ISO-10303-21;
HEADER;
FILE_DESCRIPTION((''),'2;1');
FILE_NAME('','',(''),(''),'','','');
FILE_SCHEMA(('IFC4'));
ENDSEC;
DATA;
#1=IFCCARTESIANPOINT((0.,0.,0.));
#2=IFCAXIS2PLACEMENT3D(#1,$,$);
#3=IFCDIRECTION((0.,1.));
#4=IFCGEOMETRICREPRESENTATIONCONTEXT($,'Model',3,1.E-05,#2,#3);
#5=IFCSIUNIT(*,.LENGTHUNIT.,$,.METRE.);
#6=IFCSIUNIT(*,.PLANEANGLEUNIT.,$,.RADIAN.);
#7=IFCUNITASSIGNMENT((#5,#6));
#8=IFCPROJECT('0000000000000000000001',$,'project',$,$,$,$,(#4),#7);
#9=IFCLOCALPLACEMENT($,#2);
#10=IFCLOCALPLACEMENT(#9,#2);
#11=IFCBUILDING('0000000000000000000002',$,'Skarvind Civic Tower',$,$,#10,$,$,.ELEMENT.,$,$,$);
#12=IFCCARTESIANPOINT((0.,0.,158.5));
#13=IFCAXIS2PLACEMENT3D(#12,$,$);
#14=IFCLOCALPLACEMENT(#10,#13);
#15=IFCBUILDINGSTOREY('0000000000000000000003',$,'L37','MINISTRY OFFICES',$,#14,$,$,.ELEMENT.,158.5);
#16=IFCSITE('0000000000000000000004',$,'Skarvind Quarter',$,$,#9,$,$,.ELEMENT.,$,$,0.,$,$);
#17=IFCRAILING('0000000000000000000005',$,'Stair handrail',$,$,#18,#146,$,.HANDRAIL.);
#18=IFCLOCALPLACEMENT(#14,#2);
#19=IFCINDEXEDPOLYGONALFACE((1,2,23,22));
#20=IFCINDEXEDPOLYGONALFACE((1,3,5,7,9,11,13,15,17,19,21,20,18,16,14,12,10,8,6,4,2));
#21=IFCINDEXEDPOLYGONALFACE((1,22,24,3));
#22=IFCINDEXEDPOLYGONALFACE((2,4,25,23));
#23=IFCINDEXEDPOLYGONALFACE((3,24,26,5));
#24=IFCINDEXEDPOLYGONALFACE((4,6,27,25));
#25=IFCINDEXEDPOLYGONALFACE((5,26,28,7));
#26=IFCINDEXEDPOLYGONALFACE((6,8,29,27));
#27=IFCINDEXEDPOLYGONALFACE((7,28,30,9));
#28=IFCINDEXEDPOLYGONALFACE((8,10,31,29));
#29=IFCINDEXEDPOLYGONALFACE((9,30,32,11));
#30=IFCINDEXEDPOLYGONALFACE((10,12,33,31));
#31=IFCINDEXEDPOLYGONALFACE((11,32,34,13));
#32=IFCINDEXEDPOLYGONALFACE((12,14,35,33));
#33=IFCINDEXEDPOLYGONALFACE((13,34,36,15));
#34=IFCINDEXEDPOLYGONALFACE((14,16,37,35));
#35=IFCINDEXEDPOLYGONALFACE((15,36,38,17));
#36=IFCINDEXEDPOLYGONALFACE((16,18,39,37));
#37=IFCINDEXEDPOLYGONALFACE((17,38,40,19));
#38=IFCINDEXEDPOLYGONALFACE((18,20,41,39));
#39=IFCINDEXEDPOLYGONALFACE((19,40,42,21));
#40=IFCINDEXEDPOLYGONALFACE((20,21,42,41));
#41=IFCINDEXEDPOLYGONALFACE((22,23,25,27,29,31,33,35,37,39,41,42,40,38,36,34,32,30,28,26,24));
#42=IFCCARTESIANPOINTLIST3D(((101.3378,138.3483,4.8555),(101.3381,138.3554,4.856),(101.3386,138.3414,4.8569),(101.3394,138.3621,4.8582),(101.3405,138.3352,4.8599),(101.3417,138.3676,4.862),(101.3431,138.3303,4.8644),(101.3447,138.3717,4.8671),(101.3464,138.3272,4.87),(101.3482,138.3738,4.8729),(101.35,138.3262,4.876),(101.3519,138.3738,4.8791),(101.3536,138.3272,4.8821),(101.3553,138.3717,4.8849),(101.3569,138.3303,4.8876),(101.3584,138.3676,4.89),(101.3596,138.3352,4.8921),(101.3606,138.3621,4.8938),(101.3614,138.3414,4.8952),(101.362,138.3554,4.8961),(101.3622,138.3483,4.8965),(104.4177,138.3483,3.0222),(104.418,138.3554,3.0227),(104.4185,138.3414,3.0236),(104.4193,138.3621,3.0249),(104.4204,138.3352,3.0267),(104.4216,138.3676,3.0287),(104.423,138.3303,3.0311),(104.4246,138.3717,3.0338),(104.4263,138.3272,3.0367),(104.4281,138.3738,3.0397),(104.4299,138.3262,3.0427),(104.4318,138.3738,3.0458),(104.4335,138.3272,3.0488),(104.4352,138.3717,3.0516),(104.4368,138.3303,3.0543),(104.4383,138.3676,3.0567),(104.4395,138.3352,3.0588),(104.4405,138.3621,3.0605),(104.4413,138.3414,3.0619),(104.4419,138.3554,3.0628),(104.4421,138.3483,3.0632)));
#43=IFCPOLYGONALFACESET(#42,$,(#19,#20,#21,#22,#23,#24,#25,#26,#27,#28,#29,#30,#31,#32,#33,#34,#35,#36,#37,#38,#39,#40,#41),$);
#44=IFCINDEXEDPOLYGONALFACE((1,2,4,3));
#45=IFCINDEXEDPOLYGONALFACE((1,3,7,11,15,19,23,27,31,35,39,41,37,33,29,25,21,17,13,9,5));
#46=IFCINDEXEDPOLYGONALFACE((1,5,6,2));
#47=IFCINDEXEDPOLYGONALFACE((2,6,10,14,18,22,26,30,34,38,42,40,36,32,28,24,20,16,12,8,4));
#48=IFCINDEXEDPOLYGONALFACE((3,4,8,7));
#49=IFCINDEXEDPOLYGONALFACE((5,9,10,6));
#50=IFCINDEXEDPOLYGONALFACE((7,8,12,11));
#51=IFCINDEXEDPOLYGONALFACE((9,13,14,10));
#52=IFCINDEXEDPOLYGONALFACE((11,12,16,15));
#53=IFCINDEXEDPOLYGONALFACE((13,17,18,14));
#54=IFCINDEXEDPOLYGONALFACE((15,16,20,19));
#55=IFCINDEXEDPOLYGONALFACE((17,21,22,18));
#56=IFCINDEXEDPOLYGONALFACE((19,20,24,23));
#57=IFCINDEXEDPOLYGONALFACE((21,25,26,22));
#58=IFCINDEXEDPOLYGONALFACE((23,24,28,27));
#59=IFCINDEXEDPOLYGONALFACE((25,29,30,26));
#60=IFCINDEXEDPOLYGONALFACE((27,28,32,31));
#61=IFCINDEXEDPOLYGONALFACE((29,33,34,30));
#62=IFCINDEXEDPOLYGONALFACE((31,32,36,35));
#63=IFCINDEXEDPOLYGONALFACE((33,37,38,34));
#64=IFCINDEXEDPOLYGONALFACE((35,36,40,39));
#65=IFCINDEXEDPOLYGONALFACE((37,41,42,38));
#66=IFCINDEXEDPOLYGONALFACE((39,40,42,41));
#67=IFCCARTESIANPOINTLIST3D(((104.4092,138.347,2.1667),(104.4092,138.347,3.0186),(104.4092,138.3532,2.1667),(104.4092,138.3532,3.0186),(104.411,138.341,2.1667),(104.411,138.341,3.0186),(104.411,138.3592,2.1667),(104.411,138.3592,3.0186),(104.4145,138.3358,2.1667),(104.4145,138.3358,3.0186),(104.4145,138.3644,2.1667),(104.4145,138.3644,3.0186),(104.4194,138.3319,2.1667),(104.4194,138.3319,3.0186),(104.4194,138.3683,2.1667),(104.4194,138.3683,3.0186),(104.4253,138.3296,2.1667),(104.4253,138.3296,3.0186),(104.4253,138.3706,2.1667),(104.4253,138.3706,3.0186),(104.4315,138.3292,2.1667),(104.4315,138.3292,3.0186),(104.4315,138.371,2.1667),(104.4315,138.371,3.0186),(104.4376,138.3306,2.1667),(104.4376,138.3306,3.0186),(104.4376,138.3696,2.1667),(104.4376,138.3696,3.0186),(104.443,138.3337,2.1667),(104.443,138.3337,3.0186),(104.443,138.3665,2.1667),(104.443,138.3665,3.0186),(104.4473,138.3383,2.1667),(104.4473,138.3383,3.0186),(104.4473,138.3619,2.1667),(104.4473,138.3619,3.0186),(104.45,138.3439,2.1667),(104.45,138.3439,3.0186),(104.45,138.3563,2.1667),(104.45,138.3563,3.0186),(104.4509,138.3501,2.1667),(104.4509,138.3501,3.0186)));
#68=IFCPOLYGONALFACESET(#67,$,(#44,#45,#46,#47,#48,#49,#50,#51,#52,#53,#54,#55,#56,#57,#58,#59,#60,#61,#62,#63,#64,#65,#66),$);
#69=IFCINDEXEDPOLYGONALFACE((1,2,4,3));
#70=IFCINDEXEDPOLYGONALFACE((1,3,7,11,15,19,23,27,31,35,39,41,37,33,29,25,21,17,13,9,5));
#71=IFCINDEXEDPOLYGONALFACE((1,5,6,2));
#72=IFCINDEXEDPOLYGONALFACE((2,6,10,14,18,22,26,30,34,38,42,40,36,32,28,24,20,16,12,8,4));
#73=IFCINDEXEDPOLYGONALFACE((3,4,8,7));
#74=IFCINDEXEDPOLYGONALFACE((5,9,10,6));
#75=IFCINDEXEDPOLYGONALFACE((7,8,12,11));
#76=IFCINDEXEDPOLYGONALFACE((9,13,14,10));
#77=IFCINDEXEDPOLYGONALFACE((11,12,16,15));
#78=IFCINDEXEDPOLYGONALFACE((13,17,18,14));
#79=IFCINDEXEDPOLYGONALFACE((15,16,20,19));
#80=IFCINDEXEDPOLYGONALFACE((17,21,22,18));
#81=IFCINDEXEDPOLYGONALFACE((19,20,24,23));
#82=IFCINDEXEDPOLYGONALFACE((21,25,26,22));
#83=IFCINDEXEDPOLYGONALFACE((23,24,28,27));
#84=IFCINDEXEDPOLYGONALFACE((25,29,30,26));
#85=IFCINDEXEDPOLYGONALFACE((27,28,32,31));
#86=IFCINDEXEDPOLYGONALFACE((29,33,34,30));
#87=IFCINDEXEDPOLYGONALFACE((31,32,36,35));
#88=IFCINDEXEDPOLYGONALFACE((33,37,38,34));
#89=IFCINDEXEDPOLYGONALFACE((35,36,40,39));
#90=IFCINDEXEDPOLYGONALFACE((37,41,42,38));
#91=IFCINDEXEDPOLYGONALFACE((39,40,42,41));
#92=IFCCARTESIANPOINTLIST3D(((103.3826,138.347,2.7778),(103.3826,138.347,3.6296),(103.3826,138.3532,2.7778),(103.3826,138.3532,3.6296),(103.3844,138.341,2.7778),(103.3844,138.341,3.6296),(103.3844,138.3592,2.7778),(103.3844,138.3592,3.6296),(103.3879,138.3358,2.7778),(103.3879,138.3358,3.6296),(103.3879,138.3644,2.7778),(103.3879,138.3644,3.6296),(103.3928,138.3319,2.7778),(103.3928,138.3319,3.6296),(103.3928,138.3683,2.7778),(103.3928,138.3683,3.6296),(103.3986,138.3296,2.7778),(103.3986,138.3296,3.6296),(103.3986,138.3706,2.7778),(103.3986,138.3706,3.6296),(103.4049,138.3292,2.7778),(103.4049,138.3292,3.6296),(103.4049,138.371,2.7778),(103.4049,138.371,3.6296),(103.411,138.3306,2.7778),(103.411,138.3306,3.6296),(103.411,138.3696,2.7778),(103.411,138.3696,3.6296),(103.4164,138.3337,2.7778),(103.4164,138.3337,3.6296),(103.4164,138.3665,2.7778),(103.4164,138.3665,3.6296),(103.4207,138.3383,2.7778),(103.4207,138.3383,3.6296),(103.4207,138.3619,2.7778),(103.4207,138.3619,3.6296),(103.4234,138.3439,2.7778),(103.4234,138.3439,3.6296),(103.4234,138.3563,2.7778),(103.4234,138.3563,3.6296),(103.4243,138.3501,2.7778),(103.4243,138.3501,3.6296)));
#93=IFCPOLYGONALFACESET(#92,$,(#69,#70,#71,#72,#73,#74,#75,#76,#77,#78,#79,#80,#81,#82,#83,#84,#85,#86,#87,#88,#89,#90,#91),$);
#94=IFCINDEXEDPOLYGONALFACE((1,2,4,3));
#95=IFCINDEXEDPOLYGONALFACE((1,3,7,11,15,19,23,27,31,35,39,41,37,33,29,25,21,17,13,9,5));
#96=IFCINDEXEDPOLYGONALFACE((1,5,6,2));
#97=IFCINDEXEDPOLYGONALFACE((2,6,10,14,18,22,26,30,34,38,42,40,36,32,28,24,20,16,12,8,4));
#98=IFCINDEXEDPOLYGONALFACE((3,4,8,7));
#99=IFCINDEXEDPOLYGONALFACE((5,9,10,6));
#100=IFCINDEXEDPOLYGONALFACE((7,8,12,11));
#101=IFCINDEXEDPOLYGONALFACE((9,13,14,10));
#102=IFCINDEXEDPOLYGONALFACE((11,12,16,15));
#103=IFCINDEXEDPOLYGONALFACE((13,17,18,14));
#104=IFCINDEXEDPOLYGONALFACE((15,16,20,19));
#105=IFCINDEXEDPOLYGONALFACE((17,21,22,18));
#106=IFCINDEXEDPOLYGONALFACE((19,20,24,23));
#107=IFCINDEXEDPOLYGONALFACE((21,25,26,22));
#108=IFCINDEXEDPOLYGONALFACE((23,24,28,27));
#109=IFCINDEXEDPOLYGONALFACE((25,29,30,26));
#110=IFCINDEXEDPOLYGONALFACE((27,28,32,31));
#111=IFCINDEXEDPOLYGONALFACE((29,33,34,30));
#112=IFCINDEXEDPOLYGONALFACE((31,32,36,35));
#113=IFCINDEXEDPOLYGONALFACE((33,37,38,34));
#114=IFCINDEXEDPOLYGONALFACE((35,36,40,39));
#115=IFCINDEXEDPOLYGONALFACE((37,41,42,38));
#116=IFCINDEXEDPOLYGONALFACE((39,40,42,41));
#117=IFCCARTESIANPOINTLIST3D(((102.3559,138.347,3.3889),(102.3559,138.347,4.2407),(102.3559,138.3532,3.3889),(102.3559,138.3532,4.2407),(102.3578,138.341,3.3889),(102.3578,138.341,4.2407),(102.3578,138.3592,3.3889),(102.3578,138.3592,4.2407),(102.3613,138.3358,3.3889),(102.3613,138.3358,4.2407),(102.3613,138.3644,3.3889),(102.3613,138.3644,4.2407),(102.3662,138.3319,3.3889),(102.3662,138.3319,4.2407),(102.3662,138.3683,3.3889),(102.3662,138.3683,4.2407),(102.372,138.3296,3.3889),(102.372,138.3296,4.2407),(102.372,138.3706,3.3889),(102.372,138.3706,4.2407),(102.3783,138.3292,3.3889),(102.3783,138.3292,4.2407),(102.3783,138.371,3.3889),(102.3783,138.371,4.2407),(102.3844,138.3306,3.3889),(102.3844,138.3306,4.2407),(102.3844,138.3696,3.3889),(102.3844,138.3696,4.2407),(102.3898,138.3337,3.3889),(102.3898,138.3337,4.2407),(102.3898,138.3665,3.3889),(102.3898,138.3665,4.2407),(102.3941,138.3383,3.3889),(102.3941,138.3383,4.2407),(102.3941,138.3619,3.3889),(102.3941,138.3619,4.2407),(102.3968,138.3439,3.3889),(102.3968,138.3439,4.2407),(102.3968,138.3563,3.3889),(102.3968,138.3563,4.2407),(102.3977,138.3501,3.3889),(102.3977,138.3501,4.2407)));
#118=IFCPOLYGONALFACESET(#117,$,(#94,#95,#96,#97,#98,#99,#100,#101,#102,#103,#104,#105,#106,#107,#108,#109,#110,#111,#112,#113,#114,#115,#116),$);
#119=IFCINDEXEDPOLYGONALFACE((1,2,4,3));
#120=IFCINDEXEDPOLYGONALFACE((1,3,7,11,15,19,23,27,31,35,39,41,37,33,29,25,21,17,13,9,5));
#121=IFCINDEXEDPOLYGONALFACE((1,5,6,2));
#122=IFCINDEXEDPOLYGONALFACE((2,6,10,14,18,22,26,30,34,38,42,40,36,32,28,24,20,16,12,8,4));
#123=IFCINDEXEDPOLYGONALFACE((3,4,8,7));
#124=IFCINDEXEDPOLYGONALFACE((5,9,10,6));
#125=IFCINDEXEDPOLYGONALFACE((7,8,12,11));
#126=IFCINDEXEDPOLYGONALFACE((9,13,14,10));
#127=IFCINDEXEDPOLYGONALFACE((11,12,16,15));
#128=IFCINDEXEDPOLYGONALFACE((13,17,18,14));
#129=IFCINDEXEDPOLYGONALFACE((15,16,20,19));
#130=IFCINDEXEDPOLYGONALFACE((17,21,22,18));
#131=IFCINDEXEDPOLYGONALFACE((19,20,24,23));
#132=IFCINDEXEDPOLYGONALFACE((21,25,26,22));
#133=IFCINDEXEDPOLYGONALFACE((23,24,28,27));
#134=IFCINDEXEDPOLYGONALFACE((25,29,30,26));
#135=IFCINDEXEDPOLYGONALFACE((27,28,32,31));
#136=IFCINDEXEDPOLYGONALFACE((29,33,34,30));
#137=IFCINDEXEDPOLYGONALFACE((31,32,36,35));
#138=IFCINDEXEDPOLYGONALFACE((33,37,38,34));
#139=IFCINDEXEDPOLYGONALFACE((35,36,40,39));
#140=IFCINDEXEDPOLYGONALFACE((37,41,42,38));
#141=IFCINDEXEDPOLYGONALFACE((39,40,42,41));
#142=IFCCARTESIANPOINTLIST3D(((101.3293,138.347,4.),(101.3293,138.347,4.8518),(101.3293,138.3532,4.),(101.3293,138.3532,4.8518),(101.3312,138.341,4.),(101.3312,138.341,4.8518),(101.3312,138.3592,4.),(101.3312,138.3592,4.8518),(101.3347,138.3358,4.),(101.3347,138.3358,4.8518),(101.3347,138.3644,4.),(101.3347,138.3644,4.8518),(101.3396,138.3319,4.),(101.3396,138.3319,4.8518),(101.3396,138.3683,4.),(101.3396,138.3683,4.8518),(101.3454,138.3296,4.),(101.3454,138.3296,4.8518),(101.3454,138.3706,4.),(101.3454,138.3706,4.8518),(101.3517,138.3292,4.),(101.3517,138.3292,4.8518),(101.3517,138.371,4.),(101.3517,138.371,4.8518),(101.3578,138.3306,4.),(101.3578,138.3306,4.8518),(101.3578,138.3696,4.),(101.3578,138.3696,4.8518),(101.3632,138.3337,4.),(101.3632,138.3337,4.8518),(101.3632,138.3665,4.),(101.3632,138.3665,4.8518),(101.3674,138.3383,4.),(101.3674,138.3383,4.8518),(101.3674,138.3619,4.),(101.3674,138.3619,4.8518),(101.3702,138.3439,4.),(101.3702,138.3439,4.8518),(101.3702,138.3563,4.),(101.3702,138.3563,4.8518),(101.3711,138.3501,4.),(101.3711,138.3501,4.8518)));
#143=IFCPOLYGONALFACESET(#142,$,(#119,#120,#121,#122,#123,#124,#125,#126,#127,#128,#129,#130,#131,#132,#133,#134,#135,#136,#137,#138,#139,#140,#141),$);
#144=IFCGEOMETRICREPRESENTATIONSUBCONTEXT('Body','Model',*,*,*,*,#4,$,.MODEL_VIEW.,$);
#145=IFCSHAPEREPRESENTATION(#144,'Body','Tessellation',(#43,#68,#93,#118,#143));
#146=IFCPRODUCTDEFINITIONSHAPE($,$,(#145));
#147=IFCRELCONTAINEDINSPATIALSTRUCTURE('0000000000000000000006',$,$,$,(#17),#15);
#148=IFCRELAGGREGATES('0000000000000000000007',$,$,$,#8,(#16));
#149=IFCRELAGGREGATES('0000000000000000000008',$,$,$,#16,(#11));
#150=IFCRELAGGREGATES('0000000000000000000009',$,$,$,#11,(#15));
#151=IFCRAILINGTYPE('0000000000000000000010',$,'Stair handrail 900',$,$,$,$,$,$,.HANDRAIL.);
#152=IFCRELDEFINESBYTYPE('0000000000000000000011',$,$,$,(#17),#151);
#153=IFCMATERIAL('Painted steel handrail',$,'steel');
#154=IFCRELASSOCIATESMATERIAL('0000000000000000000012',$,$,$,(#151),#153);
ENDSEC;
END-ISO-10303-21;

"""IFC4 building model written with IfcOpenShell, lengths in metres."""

from ifc_helpers import new_model, si_unit, direction, frame, origin, origin_2d, place, context, subcontext, project, spatial, circle, extrude, material, type_object, element, save


model = new_model("IFC4")

# Units and contexts
model_context = context("Model", 3, precision=1e-05, world=origin(), true_north=direction((0.0, 1.0)))
body_context = subcontext(model_context, "Body", "Model", "MODEL_VIEW")
ifc_project = project(units=[si_unit("LENGTHUNIT", "METRE"), si_unit("PLANEANGLEUNIT", "RADIAN")], contexts=[model_context])

# Site, building, storey
site_placement = place(None, origin())
site = spatial("IfcSite", under=ifc_project, at=site_placement, Name="Skarvind Quarter", CompositionType="ELEMENT", RefElevation=0.0)
building_placement = place(site_placement, origin())
building = spatial("IfcBuilding", under=site, at=building_placement, Name="Skarvind Civic Tower", CompositionType="ELEMENT")
storey_placement = place(building_placement, frame((0.0, 0.0, 158.5)))
storey = spatial("IfcBuildingStorey", under=building, at=storey_placement, Name="L37", Description="MINISTRY OFFICES", CompositionType="ELEMENT", Elevation=158.5)

# Railing
ifc_material_1 = material(Name="Painted steel handrail", Category="steel")
railing_type = type_object("IfcRailingType", Name="Stair handrail 900", PredefinedType="HANDRAIL", material=ifc_material_1)
railing_1_placement = place(storey_placement, frame((104.4299, 138.3501, 2.1667)))
element("IfcRailing", 1, at=railing_1_placement, inside=storey, type_object=railing_type, Name="Stair handrail", PredefinedType="HANDRAIL", context=body_context, shape_type="SweptSolid", body=[
    extrude(circle(Radius=0.0239, at=origin_2d()), frame((0.0, 0.0, 0.876), z_axis=(-0.859291, 0.0, 0.511487), x_axis=(0.0, -1.0, 0.0)), (0.0, 0.0, 1.0), 3.5842),
    extrude(circle(Radius=0.021, at=origin_2d()), origin(), (0.0, 0.0, 1.0), 0.8518),
    extrude(circle(Radius=0.021, at=origin_2d()), frame((-1.0266, 0.0, 0.6111)), (0.0, 0.0, 1.0), 0.8518),
    extrude(circle(Radius=0.021, at=origin_2d()), frame((-2.0532, 0.0, 1.2222)), (0.0, 0.0, 1.0), 0.8518),
    extrude(circle(Radius=0.021, at=origin_2d()), frame((-3.0798, 0.0, 1.8333)), (0.0, 0.0, 1.0), 0.8518),
])

save(model, "model.ifc")
